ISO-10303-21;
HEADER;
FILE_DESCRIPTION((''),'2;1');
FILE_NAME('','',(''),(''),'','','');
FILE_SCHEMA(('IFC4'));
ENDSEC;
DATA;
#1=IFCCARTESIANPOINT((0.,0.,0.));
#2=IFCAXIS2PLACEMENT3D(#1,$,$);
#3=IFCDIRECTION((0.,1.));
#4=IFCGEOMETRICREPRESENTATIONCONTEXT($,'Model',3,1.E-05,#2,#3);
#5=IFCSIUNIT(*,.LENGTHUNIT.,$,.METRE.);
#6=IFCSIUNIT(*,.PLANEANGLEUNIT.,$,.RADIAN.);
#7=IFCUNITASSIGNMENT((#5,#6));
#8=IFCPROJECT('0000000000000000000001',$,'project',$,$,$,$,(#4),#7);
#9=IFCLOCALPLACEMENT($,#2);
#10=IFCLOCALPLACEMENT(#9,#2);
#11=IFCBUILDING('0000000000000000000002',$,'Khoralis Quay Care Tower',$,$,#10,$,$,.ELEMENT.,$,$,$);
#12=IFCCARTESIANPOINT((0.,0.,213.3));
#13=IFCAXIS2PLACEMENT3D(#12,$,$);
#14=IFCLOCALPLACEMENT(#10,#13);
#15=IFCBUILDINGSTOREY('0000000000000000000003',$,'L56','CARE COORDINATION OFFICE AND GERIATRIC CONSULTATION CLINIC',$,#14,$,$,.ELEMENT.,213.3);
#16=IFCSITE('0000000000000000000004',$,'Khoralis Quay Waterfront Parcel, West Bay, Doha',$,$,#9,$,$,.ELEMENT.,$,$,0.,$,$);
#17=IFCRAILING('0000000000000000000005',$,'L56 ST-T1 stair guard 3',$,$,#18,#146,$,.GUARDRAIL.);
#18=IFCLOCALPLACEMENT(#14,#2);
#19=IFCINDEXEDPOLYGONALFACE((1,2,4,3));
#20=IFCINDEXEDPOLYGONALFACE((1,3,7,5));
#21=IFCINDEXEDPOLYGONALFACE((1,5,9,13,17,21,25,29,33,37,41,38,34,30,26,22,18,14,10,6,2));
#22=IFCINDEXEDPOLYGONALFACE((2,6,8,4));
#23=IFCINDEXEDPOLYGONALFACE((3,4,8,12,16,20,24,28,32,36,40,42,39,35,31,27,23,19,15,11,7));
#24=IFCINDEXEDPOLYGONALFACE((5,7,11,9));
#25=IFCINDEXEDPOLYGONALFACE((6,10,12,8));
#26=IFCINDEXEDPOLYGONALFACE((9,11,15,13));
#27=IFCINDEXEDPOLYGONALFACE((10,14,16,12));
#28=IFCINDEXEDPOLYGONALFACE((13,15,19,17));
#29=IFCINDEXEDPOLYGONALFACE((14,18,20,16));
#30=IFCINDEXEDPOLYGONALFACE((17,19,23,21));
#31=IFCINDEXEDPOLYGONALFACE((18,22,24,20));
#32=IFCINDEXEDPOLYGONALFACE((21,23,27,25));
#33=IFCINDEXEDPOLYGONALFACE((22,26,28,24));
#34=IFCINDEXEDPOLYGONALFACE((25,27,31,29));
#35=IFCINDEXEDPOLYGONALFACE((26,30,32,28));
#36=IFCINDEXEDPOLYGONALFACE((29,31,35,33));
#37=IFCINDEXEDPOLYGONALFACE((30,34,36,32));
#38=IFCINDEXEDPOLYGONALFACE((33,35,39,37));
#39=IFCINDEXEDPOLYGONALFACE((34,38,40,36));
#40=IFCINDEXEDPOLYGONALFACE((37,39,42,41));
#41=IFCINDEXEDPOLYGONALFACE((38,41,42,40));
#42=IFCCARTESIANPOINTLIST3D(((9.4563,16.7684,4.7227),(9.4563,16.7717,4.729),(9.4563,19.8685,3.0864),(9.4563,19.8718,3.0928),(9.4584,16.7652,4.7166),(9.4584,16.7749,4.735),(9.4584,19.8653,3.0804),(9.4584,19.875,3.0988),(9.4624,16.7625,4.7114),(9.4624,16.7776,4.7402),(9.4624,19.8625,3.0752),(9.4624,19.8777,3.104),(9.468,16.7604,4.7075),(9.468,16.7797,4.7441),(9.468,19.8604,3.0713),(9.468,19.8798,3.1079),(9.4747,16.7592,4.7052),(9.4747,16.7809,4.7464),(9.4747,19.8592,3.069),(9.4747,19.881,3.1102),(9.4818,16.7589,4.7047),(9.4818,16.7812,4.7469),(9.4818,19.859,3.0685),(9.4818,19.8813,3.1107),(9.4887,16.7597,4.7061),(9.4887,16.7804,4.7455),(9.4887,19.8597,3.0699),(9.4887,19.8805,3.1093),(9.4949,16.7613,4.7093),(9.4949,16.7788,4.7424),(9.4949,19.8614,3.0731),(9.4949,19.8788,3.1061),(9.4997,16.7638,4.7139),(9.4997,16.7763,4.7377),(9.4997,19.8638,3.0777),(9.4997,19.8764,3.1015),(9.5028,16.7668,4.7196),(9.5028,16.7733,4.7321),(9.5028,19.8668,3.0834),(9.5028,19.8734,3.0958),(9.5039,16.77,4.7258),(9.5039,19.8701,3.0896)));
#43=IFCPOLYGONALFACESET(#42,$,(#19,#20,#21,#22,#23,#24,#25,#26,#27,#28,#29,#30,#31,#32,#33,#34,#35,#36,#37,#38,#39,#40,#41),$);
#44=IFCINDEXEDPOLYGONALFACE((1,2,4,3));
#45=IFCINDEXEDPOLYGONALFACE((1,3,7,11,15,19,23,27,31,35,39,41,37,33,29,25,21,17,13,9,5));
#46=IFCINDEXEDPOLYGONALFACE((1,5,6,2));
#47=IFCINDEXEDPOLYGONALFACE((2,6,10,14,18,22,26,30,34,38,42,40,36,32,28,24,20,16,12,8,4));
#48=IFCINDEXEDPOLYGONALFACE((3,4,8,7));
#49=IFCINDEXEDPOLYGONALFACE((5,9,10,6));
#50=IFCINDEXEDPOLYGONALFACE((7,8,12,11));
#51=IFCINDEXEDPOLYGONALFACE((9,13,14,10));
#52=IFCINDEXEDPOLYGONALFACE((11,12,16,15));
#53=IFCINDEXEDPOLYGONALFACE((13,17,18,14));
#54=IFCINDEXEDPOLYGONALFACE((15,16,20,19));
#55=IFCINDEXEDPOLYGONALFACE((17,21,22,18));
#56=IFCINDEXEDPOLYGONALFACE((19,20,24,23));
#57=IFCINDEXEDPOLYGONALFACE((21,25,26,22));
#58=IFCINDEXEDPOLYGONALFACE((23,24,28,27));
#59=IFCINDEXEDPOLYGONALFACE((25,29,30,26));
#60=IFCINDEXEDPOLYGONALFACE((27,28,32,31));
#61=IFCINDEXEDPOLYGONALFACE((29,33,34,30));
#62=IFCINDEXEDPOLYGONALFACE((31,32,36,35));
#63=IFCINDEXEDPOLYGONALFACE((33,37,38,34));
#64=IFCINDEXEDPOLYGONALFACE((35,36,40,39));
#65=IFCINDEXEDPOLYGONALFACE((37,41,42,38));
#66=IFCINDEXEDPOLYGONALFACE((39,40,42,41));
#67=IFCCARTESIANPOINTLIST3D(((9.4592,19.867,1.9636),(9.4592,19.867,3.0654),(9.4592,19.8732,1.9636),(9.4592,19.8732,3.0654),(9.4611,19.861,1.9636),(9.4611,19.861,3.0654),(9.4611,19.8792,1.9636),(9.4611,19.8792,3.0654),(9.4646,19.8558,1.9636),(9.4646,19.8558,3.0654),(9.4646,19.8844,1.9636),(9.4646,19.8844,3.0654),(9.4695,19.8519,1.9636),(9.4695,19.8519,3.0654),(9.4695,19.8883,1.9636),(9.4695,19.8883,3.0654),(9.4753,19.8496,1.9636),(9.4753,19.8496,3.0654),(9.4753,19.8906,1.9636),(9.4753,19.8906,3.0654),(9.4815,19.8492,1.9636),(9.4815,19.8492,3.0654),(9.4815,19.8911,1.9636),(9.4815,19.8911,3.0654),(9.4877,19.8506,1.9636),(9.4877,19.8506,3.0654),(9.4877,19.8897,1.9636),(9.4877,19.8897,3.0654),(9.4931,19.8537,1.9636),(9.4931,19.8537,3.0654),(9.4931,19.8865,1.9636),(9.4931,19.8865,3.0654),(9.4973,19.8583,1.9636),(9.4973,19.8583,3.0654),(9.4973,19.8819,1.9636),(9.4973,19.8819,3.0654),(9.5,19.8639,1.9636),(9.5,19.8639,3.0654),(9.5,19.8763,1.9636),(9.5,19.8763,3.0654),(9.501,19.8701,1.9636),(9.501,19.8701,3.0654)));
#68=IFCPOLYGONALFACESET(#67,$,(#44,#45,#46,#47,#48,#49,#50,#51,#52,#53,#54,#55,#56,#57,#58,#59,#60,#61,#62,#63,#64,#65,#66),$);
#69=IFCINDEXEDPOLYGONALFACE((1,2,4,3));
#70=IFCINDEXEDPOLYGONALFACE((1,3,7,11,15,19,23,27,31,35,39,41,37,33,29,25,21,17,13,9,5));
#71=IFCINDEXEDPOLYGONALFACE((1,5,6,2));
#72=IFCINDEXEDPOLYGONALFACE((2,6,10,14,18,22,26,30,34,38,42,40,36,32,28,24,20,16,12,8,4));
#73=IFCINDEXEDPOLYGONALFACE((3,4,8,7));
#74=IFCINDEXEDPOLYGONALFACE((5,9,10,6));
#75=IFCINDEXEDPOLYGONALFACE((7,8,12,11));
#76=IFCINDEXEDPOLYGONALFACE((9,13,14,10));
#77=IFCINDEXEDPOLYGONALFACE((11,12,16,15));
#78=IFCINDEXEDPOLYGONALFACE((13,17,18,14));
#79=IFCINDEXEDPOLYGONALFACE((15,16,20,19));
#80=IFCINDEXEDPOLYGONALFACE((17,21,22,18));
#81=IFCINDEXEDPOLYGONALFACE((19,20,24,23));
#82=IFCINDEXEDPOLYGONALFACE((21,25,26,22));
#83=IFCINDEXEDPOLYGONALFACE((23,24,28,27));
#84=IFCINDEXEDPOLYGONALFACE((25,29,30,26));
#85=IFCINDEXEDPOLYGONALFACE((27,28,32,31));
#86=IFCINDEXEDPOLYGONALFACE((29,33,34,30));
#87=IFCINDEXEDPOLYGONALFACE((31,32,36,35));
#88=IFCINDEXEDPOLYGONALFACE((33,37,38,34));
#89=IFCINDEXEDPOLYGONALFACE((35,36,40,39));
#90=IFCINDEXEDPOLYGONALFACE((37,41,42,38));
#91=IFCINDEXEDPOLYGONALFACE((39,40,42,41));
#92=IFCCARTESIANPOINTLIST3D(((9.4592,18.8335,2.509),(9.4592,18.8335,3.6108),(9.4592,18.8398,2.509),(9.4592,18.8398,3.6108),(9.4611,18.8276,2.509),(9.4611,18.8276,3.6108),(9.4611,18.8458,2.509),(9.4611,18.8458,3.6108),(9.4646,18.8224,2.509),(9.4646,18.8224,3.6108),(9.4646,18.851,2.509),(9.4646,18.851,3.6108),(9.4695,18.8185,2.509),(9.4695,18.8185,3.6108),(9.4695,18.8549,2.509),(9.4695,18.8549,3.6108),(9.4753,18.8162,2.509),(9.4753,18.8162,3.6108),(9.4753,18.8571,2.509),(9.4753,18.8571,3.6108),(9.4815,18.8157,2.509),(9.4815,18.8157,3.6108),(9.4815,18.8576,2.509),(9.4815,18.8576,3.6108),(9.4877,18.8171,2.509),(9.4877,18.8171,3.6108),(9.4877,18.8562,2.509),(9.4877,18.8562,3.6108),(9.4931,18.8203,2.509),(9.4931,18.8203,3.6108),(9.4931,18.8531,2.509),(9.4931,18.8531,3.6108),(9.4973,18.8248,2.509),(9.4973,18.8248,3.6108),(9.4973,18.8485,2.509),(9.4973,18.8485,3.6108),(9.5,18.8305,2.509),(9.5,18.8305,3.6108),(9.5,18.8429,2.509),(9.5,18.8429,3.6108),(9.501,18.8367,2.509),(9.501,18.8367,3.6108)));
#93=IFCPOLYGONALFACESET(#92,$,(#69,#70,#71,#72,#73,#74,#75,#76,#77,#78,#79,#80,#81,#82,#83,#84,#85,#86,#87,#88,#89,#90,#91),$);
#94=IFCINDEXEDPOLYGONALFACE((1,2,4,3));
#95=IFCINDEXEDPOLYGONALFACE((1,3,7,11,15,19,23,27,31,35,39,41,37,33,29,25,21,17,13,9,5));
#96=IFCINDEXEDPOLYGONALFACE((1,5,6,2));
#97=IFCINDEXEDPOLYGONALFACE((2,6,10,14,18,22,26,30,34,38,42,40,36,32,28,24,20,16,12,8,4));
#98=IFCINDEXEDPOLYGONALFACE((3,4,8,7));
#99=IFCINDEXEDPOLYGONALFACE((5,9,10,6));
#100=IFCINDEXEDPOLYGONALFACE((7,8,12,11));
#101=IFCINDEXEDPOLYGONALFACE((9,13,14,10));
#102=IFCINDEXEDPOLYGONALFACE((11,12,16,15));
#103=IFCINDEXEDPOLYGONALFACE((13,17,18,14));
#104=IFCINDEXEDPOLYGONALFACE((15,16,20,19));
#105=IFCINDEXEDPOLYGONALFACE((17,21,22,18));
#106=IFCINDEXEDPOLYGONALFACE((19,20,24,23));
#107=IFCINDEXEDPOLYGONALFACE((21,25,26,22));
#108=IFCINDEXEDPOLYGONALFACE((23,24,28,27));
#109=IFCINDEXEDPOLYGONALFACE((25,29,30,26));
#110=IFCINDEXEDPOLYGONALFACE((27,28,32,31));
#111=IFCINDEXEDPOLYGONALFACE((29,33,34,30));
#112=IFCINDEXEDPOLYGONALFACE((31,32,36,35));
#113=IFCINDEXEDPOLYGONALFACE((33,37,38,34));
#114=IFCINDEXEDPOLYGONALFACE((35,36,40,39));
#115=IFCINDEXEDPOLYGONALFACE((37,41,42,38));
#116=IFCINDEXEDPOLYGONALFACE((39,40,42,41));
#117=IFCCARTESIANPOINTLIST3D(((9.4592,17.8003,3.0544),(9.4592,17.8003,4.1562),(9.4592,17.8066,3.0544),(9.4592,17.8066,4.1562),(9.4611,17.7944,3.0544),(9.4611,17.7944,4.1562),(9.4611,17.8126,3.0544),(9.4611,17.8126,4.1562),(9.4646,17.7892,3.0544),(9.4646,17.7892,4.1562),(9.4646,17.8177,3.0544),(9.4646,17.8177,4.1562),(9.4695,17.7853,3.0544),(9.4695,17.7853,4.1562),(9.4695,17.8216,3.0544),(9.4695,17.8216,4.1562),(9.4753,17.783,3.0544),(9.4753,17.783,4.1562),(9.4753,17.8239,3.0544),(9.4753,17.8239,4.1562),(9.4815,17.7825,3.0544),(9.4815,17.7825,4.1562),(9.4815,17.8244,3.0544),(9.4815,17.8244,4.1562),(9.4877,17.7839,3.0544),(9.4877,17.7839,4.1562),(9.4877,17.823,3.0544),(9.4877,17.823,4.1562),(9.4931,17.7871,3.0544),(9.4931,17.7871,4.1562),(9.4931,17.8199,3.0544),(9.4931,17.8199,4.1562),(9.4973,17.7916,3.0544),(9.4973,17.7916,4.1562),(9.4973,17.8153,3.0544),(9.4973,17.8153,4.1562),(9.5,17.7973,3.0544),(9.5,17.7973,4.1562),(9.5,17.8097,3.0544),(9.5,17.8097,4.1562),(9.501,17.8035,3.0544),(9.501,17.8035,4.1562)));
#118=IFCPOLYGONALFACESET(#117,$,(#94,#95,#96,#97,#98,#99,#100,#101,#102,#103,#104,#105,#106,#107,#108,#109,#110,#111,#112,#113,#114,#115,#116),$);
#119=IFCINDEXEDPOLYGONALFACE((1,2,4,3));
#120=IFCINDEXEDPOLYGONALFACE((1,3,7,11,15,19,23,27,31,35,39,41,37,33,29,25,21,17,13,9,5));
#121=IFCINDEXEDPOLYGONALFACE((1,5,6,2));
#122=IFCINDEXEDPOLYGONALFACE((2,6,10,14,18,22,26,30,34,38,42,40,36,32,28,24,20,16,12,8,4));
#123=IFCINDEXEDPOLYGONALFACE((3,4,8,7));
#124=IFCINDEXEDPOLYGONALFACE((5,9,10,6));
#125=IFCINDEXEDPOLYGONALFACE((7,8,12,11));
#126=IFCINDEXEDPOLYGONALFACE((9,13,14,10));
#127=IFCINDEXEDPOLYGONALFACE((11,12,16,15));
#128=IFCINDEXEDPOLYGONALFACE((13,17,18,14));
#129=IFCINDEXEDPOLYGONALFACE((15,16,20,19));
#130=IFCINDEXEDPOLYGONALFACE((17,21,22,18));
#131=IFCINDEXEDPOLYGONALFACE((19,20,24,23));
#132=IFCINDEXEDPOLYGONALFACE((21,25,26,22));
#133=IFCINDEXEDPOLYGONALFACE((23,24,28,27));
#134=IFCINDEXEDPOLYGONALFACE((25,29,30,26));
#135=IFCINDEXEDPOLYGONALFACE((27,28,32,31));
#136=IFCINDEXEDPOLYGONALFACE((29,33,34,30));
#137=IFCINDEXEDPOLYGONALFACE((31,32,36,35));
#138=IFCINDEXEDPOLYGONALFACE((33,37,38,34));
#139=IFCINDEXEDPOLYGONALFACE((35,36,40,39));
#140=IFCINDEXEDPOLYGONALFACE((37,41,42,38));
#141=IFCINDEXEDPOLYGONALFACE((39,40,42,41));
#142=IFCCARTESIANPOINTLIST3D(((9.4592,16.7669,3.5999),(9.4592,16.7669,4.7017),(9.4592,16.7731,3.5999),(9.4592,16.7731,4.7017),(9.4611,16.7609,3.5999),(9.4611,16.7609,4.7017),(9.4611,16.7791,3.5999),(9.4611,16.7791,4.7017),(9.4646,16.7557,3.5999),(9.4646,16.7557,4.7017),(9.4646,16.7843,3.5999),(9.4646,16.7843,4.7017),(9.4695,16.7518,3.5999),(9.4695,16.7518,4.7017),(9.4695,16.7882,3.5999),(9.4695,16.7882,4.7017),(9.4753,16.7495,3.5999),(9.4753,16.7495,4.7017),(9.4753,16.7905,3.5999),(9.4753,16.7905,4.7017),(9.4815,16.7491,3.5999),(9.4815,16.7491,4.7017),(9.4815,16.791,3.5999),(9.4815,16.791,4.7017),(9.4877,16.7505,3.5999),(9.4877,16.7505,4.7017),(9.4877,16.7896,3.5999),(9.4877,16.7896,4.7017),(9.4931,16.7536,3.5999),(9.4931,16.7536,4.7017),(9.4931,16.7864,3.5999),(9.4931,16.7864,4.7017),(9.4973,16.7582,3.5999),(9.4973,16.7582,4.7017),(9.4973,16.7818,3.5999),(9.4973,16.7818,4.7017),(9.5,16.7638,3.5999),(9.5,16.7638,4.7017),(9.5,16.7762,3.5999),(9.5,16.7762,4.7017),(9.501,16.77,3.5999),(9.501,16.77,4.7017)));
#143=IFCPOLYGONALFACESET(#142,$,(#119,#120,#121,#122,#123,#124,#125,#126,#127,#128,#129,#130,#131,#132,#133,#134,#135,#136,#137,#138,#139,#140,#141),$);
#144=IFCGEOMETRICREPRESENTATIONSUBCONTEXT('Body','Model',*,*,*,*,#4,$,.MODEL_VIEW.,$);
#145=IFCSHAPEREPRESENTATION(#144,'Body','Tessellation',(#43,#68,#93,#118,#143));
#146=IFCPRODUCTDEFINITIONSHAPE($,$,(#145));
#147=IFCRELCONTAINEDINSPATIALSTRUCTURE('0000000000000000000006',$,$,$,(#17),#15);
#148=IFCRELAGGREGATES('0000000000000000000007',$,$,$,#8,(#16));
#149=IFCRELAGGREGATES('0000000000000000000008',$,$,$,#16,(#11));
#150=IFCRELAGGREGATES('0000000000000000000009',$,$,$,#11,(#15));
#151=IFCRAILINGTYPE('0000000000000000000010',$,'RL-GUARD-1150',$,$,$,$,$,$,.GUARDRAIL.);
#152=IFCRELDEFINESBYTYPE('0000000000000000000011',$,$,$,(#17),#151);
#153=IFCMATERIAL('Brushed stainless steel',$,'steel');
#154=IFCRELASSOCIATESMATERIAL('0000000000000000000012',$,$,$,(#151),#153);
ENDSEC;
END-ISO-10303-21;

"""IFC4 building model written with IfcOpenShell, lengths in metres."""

from ifc_helpers import new_model, si_unit, direction, frame, origin, origin_2d, place, context, subcontext, project, spatial, circle, extrude, material, type_object, element, save


model = new_model("IFC4")

# Units and contexts
model_context = context("Model", 3, precision=1e-05, world=origin(), true_north=direction((0.0, 1.0)))
body_context = subcontext(model_context, "Body", "Model", "MODEL_VIEW")
ifc_project = project(units=[si_unit("LENGTHUNIT", "METRE"), si_unit("PLANEANGLEUNIT", "RADIAN")], contexts=[model_context])

# Site, building, storey
site_placement = place(None, origin())
site = spatial("IfcSite", under=ifc_project, at=site_placement, Name="Khoralis Quay Waterfront Parcel, West Bay, Doha", CompositionType="ELEMENT", RefElevation=0.0)
building_placement = place(site_placement, origin())
building = spatial("IfcBuilding", under=site, at=building_placement, Name="Khoralis Quay Care Tower", CompositionType="ELEMENT")
storey_placement = place(building_placement, frame((0.0, 0.0, 213.3)))
storey = spatial("IfcBuildingStorey", under=building, at=storey_placement, Name="L56", Description="CARE COORDINATION OFFICE AND GERIATRIC CONSULTATION CLINIC", CompositionType="ELEMENT", Elevation=213.3)

# Shared definitions
ifc_material_1 = material(Name="Brushed stainless steel", Category="steel")

# Railing
railing_type_1 = type_object("IfcRailingType", Name="RL-GUARD-1150", PredefinedType="GUARDRAIL", material=ifc_material_1)
railing_1_placement = place(storey_placement, frame((9.48, 19.8701, 1.9636)))
element("IfcRailing", 1, at=railing_1_placement, inside=storey, type_object=railing_type_1, Name="L56 ST-T1 stair guard 3", PredefinedType="GUARDRAIL", context=body_context, shape_type="SweptSolid", body=[
    extrude(circle(Radius=0.0239, at=origin_2d()), frame((0.0, 0.0, 1.126), z_axis=(0.0, -0.884377, 0.466774), x_axis=(1.0, 0.0, 0.0)), (0.0, 0.0, 1.0), 3.5054),
    extrude(circle(Radius=0.021, at=origin_2d()), origin(), (0.0, 0.0, 1.0), 1.1018),
    extrude(circle(Radius=0.021, at=origin_2d()), frame((0.0, -1.0334, 0.5454)), (0.0, 0.0, 1.0), 1.1018),
    extrude(circle(Radius=0.021, at=origin_2d()), frame((0.0, -2.0667, 1.0908)), (0.0, 0.0, 1.0), 1.1018),
    extrude(circle(Radius=0.021, at=origin_2d()), frame((0.0, -3.1001, 1.6362)), (0.0, 0.0, 1.0), 1.1018),
])

save(model, "model.ifc")
